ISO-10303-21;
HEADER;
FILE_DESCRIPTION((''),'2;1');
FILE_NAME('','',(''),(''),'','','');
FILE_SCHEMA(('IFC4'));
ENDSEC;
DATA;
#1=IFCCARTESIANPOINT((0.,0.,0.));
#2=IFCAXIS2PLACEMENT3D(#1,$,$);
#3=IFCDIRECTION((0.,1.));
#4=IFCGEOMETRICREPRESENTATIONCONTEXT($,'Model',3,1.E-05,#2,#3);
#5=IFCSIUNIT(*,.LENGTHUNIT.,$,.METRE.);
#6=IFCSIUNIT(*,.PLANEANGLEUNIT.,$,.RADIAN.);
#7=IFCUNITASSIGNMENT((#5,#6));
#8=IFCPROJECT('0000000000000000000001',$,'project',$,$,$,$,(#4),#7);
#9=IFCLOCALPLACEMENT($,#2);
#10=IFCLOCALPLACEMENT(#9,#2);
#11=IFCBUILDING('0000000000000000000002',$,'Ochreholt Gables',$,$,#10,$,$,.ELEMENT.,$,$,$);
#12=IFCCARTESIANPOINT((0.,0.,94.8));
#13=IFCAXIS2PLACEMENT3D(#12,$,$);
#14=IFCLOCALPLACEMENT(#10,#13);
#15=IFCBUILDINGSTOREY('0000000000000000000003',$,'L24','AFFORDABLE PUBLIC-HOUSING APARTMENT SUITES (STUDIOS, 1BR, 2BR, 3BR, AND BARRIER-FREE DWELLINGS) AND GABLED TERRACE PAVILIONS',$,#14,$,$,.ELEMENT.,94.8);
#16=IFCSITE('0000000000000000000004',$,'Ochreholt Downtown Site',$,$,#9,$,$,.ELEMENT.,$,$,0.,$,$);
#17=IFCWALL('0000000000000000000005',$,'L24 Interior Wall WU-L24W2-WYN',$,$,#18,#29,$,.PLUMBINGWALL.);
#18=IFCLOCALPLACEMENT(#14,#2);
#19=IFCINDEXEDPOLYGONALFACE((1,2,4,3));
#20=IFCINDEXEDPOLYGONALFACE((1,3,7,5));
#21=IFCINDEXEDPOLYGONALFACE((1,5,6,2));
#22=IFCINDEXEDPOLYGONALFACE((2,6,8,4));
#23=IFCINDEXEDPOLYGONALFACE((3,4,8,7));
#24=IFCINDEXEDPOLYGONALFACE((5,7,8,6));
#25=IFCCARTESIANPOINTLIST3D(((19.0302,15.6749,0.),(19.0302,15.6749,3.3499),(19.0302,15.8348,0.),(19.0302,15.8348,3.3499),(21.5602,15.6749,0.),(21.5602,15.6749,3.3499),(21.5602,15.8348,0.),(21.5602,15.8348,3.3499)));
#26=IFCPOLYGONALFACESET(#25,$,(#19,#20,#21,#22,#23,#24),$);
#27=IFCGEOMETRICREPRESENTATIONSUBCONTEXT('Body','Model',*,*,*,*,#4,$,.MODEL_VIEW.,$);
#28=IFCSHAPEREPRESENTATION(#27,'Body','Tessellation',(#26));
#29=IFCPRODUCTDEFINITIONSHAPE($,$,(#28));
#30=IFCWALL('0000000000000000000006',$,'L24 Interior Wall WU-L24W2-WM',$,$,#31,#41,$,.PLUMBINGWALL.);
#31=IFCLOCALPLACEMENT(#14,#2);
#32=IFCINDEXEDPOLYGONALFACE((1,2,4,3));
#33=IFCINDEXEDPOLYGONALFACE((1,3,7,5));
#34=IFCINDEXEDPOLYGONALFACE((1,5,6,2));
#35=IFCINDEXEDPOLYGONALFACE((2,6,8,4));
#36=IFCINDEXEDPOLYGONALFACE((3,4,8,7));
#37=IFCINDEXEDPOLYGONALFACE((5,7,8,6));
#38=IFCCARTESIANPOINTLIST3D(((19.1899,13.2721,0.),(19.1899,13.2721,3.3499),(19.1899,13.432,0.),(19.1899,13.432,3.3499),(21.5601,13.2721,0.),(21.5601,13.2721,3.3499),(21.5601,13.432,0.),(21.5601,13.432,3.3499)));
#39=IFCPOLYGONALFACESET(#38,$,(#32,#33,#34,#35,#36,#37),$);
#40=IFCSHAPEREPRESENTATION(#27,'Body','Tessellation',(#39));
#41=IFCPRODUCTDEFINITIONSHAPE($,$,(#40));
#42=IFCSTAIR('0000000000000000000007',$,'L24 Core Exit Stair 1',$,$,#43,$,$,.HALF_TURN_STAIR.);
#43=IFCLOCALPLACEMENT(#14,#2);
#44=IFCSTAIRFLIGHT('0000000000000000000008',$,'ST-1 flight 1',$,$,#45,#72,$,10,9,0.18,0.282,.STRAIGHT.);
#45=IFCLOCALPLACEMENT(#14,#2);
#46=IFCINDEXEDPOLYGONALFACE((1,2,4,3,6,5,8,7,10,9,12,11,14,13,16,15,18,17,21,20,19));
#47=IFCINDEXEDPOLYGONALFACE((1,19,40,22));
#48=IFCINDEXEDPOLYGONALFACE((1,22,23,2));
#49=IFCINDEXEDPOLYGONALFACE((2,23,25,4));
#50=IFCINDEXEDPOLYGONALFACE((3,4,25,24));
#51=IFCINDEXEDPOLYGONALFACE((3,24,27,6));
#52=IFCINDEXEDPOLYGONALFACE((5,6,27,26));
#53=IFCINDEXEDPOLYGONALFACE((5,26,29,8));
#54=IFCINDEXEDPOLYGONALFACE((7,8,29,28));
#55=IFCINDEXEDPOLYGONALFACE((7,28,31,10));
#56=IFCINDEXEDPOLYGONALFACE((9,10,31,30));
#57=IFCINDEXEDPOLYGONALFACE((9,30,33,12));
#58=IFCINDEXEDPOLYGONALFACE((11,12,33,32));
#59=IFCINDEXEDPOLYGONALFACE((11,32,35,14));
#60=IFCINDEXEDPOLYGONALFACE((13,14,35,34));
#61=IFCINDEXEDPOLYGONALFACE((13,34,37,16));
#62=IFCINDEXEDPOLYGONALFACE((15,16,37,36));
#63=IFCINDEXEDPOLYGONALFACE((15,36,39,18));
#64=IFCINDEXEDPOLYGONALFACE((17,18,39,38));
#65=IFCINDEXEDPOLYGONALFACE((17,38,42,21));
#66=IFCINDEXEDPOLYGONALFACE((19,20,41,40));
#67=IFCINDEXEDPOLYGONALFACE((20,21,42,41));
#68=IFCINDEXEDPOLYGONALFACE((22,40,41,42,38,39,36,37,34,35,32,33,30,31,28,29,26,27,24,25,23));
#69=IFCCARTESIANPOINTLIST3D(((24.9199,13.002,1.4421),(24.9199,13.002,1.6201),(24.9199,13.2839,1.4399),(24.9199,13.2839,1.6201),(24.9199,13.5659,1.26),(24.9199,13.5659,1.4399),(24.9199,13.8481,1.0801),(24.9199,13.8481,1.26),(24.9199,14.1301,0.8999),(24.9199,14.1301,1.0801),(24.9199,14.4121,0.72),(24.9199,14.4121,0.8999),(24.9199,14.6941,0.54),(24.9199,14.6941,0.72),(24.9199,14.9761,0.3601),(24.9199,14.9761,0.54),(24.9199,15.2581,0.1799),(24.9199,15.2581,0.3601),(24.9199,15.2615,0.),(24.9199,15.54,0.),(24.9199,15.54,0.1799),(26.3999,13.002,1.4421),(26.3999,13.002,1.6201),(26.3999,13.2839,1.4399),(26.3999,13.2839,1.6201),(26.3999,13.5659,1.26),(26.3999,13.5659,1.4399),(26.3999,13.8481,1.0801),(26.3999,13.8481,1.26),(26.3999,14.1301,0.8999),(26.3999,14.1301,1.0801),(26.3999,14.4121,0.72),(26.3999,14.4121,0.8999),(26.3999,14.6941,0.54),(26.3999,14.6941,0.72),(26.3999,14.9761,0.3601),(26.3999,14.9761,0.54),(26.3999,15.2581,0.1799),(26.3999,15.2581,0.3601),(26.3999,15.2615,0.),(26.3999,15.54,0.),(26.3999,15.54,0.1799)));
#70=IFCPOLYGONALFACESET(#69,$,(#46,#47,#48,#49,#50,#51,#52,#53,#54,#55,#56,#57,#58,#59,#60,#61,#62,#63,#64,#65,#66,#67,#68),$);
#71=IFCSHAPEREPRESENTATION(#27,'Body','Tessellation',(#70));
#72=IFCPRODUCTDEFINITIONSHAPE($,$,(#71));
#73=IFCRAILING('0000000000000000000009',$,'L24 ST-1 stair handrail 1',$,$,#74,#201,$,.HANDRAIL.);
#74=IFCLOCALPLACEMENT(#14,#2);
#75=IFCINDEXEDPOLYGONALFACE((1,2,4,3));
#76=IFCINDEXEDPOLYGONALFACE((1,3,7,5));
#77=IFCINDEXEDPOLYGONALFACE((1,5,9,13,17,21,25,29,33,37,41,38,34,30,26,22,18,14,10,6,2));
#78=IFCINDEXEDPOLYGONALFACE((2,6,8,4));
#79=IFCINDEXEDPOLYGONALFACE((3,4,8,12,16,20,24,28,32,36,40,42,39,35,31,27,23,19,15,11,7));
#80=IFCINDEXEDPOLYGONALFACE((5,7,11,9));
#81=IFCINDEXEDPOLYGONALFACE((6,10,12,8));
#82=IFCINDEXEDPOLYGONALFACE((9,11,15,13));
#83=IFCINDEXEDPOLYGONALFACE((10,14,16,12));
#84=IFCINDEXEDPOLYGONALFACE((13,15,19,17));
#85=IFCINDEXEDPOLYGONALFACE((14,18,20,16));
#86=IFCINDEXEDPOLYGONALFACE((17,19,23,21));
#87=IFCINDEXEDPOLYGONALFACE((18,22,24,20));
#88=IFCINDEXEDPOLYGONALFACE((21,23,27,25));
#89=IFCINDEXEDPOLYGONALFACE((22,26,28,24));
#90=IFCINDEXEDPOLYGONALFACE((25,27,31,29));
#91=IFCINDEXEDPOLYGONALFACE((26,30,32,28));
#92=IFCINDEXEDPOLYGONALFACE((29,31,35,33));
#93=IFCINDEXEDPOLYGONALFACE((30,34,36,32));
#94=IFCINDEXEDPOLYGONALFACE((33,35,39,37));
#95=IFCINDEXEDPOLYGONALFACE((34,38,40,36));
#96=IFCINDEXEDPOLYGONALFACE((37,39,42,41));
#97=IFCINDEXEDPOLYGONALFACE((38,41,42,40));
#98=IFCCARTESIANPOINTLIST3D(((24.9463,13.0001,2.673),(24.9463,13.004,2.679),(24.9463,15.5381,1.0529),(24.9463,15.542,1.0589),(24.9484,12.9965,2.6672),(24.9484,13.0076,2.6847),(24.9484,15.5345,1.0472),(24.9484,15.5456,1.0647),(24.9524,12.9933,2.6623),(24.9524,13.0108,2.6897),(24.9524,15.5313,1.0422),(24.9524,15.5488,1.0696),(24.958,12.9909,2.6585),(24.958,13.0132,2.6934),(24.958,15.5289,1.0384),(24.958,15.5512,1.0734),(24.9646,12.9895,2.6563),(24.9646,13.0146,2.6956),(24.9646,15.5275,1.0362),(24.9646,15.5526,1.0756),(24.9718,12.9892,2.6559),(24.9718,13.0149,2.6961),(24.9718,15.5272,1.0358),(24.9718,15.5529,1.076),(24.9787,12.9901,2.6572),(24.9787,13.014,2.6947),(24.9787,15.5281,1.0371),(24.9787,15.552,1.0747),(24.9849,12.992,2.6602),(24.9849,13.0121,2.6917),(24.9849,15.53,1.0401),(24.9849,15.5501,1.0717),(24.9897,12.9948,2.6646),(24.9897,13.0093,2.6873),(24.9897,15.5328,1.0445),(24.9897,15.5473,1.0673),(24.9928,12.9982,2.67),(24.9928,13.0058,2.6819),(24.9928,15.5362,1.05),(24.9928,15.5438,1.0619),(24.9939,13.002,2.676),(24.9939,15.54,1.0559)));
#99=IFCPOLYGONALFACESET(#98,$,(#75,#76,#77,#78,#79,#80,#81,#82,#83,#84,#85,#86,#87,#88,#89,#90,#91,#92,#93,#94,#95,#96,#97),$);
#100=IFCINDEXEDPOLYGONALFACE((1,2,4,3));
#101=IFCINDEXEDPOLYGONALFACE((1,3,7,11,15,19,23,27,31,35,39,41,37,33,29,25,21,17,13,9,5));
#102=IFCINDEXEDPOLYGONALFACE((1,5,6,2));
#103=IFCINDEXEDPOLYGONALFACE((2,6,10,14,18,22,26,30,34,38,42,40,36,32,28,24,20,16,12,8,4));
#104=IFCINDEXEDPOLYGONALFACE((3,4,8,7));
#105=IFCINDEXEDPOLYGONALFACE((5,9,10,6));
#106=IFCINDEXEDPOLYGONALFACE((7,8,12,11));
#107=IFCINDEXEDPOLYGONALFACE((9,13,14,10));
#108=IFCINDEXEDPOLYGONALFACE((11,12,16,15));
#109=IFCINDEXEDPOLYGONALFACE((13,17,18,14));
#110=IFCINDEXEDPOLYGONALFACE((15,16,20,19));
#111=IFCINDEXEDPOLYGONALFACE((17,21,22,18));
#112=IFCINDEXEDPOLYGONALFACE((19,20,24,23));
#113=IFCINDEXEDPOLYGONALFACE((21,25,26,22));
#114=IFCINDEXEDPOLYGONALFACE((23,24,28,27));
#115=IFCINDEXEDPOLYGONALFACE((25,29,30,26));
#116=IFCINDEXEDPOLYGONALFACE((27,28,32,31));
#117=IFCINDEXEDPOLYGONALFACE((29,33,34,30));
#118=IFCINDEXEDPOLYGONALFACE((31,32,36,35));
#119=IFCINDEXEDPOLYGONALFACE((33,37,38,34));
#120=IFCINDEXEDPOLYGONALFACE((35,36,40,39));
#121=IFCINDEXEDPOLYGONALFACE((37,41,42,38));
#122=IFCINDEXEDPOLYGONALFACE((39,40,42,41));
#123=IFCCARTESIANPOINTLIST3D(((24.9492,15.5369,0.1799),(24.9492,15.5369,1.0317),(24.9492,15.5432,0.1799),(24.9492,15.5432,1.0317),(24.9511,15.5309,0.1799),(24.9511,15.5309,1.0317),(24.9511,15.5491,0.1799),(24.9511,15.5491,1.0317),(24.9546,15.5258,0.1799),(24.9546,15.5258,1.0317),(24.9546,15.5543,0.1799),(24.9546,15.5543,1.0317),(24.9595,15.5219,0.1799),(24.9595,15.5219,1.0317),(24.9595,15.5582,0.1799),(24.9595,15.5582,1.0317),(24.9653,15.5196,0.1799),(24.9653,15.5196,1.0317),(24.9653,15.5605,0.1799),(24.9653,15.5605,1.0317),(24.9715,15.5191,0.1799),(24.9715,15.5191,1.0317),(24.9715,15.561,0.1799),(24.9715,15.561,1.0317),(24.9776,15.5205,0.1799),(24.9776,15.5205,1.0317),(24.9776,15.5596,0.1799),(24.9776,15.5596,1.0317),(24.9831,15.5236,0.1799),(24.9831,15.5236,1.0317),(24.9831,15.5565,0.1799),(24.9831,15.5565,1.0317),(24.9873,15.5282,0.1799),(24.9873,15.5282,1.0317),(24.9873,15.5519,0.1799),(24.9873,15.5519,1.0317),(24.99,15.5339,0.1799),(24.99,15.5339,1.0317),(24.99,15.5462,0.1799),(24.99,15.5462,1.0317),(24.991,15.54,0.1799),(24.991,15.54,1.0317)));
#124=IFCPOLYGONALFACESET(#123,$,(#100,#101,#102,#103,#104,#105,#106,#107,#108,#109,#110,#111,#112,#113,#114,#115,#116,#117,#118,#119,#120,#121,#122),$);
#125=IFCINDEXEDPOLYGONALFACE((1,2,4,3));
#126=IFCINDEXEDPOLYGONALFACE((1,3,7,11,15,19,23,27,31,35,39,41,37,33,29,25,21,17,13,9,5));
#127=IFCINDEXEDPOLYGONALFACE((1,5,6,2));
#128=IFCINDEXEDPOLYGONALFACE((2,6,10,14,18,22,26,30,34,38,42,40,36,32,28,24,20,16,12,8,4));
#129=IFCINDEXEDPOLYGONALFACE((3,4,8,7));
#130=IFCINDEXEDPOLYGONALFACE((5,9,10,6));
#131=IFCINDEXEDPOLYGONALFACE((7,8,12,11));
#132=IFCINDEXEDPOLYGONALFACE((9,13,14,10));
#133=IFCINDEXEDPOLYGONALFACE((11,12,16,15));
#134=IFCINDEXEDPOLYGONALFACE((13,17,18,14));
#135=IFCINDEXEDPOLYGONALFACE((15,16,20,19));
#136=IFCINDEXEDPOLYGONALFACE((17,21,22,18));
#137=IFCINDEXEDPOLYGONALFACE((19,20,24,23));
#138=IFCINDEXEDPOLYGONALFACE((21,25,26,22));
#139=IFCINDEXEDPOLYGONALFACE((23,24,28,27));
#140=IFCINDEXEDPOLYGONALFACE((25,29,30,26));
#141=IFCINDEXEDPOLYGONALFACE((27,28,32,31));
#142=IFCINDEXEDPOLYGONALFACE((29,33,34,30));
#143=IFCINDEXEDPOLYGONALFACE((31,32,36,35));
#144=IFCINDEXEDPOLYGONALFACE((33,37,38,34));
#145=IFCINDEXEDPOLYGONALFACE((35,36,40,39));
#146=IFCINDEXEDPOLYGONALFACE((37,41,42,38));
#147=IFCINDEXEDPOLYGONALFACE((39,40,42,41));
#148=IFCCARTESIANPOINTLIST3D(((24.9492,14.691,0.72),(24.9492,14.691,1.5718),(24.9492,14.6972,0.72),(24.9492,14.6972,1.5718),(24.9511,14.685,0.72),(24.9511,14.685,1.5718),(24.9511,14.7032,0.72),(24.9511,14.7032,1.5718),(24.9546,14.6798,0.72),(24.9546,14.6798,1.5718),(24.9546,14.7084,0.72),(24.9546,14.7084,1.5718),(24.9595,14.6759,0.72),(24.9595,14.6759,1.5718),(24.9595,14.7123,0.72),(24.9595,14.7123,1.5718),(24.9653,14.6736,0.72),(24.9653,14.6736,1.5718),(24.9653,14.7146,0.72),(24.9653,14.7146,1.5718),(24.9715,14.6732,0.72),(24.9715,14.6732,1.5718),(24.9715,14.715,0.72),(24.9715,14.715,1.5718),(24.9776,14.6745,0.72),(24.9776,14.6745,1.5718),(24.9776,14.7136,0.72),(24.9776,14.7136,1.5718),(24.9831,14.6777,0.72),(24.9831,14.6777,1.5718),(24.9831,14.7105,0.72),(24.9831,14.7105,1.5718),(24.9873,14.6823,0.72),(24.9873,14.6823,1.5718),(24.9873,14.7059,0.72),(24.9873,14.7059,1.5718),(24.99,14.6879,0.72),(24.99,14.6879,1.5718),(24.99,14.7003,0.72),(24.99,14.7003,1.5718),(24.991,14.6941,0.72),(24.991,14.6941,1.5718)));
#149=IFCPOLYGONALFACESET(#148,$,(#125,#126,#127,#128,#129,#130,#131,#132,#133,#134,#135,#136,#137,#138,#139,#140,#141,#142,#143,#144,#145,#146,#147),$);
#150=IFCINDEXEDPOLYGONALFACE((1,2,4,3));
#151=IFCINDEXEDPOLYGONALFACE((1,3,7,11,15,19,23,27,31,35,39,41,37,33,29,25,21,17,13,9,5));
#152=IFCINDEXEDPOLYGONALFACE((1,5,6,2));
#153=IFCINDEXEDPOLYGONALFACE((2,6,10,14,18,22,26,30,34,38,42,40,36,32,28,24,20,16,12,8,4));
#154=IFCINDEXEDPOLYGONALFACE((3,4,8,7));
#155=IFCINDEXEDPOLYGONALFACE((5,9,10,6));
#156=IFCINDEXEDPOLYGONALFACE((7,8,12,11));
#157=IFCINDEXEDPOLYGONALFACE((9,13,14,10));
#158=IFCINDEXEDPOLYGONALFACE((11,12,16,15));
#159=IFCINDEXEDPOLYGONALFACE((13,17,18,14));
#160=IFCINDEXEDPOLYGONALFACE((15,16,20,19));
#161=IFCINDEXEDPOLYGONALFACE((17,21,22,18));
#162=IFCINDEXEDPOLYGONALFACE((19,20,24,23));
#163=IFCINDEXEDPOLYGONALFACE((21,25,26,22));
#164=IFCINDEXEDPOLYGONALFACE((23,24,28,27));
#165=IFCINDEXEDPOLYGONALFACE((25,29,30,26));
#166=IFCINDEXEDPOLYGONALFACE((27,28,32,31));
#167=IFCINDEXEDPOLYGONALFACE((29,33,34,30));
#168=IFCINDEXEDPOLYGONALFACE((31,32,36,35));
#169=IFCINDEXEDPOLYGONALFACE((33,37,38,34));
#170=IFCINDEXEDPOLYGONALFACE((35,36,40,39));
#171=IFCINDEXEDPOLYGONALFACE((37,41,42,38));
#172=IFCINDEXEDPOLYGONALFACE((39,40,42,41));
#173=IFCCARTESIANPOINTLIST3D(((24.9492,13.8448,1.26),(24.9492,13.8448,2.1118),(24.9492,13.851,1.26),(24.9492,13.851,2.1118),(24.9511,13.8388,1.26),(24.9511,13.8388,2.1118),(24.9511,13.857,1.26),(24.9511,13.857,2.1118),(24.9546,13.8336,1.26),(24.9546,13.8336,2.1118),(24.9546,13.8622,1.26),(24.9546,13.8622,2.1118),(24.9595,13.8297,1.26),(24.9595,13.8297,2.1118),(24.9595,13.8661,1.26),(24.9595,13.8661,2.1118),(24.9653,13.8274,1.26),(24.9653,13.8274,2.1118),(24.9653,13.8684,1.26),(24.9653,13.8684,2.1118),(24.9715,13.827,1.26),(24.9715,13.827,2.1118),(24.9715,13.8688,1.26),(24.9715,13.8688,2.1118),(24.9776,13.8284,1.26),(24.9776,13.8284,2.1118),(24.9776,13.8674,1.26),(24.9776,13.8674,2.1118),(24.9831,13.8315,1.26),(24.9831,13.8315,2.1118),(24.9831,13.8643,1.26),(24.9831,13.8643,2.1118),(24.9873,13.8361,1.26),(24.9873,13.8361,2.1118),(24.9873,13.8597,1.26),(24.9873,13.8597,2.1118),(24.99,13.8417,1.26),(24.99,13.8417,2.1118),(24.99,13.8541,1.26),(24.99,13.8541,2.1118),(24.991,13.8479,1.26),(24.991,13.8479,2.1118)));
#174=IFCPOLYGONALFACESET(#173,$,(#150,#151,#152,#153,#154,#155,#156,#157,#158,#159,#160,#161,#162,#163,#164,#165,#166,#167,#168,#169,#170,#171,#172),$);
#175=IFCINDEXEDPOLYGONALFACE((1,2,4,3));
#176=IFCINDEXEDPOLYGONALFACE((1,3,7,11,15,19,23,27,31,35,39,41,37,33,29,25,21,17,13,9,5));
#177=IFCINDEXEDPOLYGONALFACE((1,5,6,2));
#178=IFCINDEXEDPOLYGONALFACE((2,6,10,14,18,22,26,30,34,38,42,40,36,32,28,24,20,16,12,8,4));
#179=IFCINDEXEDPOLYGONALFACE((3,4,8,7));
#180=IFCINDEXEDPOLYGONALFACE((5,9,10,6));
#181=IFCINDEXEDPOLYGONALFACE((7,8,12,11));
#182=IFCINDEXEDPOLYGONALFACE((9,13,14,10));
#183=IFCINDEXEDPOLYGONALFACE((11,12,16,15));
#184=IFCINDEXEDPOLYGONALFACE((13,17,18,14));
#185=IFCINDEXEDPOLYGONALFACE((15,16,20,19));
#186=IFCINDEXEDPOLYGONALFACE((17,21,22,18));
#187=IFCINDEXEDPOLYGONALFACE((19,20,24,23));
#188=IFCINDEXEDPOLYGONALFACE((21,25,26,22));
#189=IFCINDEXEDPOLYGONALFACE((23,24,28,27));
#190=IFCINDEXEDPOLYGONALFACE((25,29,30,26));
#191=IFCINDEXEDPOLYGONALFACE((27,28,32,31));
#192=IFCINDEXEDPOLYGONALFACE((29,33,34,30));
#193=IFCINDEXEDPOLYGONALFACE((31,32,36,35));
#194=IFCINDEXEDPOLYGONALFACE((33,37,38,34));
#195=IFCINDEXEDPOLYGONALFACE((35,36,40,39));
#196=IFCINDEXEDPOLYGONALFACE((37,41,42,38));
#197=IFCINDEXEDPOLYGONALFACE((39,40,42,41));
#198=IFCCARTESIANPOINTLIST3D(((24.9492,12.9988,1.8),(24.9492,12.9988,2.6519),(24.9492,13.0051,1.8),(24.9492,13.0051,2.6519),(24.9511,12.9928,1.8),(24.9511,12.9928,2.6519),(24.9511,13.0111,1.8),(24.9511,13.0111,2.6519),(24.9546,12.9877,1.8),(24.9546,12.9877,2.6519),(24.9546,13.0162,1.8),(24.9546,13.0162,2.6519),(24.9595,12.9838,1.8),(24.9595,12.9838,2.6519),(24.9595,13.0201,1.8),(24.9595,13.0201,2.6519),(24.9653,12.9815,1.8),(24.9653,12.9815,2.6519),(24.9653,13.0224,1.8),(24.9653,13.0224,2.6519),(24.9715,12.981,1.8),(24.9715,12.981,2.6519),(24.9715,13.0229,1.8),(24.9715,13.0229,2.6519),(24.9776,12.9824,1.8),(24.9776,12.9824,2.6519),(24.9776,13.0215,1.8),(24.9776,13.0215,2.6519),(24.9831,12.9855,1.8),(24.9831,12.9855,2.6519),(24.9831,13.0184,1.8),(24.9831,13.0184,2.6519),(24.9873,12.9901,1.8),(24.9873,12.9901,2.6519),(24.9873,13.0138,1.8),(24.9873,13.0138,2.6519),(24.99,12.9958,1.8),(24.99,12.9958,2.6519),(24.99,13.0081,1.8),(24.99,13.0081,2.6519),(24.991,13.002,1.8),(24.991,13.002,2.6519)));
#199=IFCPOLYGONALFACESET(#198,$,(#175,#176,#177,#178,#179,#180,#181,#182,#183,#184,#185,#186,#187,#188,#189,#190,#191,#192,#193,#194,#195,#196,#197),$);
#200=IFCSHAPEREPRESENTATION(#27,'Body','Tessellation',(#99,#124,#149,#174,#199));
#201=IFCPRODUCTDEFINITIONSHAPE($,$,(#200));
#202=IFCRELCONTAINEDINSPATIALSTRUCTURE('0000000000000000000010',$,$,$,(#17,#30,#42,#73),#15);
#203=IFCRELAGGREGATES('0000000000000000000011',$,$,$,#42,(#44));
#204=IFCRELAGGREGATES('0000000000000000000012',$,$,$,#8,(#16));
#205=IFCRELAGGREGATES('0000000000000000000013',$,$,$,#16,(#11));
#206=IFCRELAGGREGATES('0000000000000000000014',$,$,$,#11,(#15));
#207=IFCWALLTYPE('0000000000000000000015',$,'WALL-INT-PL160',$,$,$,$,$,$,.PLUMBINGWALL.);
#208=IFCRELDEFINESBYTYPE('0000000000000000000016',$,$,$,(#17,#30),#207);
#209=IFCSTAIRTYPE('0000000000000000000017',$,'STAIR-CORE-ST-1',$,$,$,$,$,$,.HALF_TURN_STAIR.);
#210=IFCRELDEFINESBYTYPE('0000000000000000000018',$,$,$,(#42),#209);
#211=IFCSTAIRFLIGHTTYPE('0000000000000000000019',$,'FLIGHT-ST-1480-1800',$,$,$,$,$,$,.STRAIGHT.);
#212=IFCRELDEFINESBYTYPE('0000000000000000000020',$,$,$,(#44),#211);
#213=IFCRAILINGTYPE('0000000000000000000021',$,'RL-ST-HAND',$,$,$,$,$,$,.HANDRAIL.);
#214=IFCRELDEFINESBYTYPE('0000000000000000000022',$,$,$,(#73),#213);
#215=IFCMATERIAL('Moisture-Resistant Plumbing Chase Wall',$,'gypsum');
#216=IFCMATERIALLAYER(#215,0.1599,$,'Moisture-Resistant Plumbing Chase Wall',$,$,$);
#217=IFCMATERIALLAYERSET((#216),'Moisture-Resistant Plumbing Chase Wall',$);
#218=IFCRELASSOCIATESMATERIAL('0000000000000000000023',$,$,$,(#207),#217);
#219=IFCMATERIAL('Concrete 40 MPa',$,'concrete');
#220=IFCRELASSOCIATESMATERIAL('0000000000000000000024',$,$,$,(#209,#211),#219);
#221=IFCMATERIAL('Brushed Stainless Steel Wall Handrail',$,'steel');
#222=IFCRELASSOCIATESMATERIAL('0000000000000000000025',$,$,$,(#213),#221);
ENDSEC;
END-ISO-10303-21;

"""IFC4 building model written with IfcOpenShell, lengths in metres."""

from ifc_helpers import new_model, si_unit, direction, frame, frame_2d, origin, origin_2d, place, context, subcontext, project, spatial, polyline, rectangle, circle, outline, extrude, material, layer, layer_set, type_object, element, aggregate, save


model = new_model("IFC4")

# Units and contexts
model_context = context("Model", 3, precision=1e-05, world=origin(), true_north=direction((0.0, 1.0)))
body_context = subcontext(model_context, "Body", "Model", "MODEL_VIEW")
ifc_project = project(units=[si_unit("LENGTHUNIT", "METRE"), si_unit("PLANEANGLEUNIT", "RADIAN")], contexts=[model_context])

# Site, building, storey
site_placement = place(None, origin())
site = spatial("IfcSite", under=ifc_project, at=site_placement, Name="Ochreholt Downtown Site", CompositionType="ELEMENT", RefElevation=0.0)
building_placement = place(site_placement, origin())
building = spatial("IfcBuilding", under=site, at=building_placement, Name="Ochreholt Gables", CompositionType="ELEMENT")
storey_placement = place(building_placement, frame((0.0, 0.0, 94.8)))
storey = spatial("IfcBuildingStorey", under=building, at=storey_placement, Name="L24", Description="AFFORDABLE PUBLIC-HOUSING APARTMENT SUITES (STUDIOS, 1BR, 2BR, 3BR, AND BARRIER-FREE DWELLINGS) AND GABLED TERRACE PAVILIONS", CompositionType="ELEMENT", Elevation=94.8)

# Wall
ifc_material_1 = material(Name="Moisture-Resistant Plumbing Chase Wall", Category="gypsum")
ifc_layer_1 = layer(ifc_material_1, 0.1599, Name="Moisture-Resistant Plumbing Chase Wall")
ifc_layer_set_1 = layer_set([ifc_layer_1], Name="Moisture-Resistant Plumbing Chase Wall")
wall_type_1 = type_object("IfcWallType", Name="WALL-INT-PL160", PredefinedType="PLUMBINGWALL", material=ifc_layer_set_1)
wall_1_placement = place(storey_placement, frame((19.03, 15.7549, 0.0), z_axis=(0.0, 0.0, 1.0), x_axis=(1.0, 0.0, 0.0)))
element("IfcWall", 1, at=wall_1_placement, inside=storey, type_object=wall_type_1, Name="L24 Interior Wall WU-L24W2-WYN", PredefinedType="PLUMBINGWALL", context=body_context, shape_type="SweptSolid", body=[
    extrude(rectangle(XDim=2.53, YDim=0.1599, at=frame_2d((1.2651, 0.0))), origin(), (0.0, 0.0, 1.0), 3.3499),
])

# Wall
wall_2_placement = place(storey_placement, frame((19.1899, 13.3521, 0.0), z_axis=(0.0, 0.0, 1.0), x_axis=(1.0, 0.0, 0.0)))
element("IfcWall", 2, at=wall_2_placement, inside=storey, type_object=wall_type_1, Name="L24 Interior Wall WU-L24W2-WM", PredefinedType="PLUMBINGWALL", context=body_context, shape_type="SweptSolid", body=[
    extrude(rectangle(XDim=2.3701, YDim=0.1599, at=frame_2d((1.1851, 0.0))), origin(), (0.0, 0.0, 1.0), 3.3499),
])

# Stair, stair flight
ifc_material_2 = material(Name="Concrete 40 MPa", Category="concrete")
stair_type = type_object("IfcStairType", Name="STAIR-CORE-ST-1", PredefinedType="HALF_TURN_STAIR", material=ifc_material_2)
stair_placement = place(storey_placement, origin())
stair = element("IfcStair", 3, at=stair_placement, inside=storey, type_object=stair_type, Name="L24 Core Exit Stair 1", PredefinedType="HALF_TURN_STAIR")
stair_flight_type = type_object("IfcStairFlightType", Name="FLIGHT-ST-1480-1800", PredefinedType="STRAIGHT", material=ifc_material_2)
stair_flight_placement = place(storey_placement, frame((25.6599, 15.54, 0.0), z_axis=(0.0, 0.0, 1.0), x_axis=(0.0, -1.0, 0.0)))
stair_flight = element("IfcStairFlight", 4, at=stair_flight_placement, type_object=stair_flight_type, Name="ST-1 flight 1", NumberOfRisers=10, NumberOfTreads=9, PredefinedType="STRAIGHT", RiserHeight=0.18, TreadLength=0.282, context=body_context, shape_type="SweptSolid", body=[
    extrude(outline(polyline([(0.0, 0.0), (0.0, 0.1799), (0.282, 0.1799), (0.282, 0.3601), (0.564, 0.3601), (0.564, 0.54), (0.8459, 0.54), (0.8459, 0.72), (1.1279, 0.72), (1.1279, 0.8999), (1.4099, 0.8999), (1.4099, 1.0801), (1.6919, 1.0801), (1.6919, 1.26), (1.9741, 1.26), (1.9741, 1.4399), (2.2561, 1.4399), (2.2561, 1.6201), (2.5381, 1.6201), (2.5381, 1.8), (2.5381, 1.4421), (0.2786, 0.0), (0.0, 0.0)])), frame((0.0, 0.74, 0.0), z_axis=(0.0, -1.0, 0.0), x_axis=(1.0, 0.0, 0.0)), (0.0, 0.0, 1.0), 1.48),
])
aggregate(stair, [stair_flight])

# Railing
ifc_material_3 = material(Name="Brushed Stainless Steel Wall Handrail", Category="steel")
railing_type = type_object("IfcRailingType", Name="RL-ST-HAND", PredefinedType="HANDRAIL", material=ifc_material_3)
railing_placement = place(storey_placement, frame((24.97, 15.54, 0.1799)))
element("IfcRailing", 5, at=railing_placement, inside=storey, type_object=railing_type, Name="L24 ST-1 stair handrail 1", PredefinedType="HANDRAIL", context=body_context, shape_type="SweptSolid", body=[
    extrude(circle(Radius=0.0239, at=origin_2d()), frame((0.0, 0.0, 0.876), z_axis=(0.0, -0.842913, 0.53805), x_axis=(1.0, 0.0, 0.0)), (0.0, 0.0, 1.0), 3.011),
    extrude(circle(Radius=0.021, at=origin_2d()), origin(), (0.0, 0.0, 1.0), 0.8518),
    extrude(circle(Radius=0.021, at=origin_2d()), frame((0.0, -0.8459, 0.54)), (0.0, 0.0, 1.0), 0.8518),
    extrude(circle(Radius=0.021, at=origin_2d()), frame((0.0, -1.6921, 1.0801)), (0.0, 0.0, 1.0), 0.8518),
    extrude(circle(Radius=0.021, at=origin_2d()), frame((0.0, -2.5381, 1.6201)), (0.0, 0.0, 1.0), 0.8518),
])

save(model, "model.ifc")
